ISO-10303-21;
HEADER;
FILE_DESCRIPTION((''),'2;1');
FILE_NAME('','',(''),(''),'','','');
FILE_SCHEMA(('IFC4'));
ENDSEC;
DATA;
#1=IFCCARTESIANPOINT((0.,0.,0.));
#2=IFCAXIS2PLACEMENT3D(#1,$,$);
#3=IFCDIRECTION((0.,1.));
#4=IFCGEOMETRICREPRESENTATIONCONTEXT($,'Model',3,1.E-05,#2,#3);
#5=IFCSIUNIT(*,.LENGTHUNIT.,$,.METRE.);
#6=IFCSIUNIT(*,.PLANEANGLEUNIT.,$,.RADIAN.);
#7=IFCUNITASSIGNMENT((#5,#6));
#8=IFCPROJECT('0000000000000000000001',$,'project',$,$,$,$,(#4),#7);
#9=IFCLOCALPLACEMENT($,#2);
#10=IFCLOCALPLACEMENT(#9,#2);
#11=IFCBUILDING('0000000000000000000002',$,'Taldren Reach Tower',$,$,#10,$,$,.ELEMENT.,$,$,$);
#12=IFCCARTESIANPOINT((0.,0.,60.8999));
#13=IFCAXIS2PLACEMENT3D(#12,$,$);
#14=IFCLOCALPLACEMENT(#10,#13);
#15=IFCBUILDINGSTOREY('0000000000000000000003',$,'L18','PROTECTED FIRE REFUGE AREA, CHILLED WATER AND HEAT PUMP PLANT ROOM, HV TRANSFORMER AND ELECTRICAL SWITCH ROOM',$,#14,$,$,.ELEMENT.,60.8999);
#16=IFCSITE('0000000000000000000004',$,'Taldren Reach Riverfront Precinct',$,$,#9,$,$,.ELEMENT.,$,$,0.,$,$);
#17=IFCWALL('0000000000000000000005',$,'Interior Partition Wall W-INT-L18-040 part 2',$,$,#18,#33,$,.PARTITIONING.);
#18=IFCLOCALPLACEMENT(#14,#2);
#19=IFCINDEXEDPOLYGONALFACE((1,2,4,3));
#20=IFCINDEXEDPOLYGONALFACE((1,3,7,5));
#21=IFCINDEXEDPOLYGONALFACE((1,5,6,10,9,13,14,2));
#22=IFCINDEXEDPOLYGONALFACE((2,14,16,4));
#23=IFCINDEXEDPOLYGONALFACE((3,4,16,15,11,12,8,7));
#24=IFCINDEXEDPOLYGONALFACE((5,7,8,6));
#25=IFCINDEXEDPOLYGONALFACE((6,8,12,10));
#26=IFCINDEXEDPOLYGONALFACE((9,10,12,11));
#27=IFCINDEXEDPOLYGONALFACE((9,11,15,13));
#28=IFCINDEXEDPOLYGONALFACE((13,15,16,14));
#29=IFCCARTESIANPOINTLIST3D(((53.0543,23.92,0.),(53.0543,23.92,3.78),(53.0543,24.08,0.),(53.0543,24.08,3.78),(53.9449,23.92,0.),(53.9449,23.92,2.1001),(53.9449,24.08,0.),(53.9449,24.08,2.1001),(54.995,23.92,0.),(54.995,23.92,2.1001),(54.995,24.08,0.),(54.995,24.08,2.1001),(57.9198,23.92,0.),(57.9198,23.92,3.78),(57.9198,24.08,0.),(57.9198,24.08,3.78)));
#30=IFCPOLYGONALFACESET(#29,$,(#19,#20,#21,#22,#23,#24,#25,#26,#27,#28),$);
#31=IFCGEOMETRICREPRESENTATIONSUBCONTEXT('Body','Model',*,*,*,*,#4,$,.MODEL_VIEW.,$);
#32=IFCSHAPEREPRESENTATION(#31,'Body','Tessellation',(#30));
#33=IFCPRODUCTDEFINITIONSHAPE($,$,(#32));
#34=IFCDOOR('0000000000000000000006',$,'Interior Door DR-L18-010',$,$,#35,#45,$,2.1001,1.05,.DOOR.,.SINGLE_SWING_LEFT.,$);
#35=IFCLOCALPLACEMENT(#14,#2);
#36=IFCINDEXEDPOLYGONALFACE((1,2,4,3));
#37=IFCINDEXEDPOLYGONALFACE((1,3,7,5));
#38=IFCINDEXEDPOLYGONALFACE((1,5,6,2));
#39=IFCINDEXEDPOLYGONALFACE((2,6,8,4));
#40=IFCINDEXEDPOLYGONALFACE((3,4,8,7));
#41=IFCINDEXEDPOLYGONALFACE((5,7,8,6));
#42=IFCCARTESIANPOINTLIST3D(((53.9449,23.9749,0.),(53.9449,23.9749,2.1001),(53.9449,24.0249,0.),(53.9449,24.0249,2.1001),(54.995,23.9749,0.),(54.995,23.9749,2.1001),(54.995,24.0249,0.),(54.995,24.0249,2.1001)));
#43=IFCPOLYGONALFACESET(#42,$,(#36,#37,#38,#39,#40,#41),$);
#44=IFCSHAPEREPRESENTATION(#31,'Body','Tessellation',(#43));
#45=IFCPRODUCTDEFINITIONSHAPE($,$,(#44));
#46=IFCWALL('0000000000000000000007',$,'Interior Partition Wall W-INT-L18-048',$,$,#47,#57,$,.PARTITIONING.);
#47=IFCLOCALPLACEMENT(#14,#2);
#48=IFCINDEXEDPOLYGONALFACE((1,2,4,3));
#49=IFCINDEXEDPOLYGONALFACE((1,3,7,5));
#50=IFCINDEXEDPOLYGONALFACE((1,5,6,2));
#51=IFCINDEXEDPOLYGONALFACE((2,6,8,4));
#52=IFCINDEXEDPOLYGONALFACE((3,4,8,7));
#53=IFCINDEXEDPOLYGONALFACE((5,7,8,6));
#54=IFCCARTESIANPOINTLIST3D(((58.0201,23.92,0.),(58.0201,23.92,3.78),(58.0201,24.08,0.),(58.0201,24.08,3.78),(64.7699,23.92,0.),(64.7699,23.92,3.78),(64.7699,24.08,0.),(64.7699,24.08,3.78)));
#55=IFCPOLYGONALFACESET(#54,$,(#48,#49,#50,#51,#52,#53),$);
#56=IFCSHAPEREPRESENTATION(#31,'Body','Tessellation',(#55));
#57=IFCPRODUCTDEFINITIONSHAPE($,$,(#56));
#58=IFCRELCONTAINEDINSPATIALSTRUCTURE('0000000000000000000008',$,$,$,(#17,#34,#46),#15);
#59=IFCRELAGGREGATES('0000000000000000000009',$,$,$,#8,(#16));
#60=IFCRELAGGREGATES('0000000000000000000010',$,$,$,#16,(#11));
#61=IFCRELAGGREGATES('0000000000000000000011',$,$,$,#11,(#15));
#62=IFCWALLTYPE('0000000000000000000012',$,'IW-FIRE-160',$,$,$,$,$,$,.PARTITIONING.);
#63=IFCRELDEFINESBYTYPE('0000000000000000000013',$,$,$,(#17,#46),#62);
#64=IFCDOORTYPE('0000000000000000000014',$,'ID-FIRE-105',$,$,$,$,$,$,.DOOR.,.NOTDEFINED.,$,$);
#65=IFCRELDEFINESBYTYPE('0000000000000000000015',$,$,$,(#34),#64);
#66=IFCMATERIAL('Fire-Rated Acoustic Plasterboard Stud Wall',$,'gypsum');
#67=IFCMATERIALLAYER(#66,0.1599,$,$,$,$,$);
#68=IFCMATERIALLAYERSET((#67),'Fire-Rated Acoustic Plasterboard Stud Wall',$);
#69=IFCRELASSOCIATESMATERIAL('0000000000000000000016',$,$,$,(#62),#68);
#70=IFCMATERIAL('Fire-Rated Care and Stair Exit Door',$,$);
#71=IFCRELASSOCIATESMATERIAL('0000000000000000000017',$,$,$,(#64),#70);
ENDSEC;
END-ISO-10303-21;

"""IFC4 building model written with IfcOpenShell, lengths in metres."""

from ifc_helpers import new_model, si_unit, direction, frame, frame_2d, origin, place, context, subcontext, project, spatial, rectangle, extrude, source, transform, mapped, material, layer, layer_set, type_object, element, fill, save


model = new_model("IFC4")

# Units and contexts
model_context = context("Model", 3, precision=1e-05, world=origin(), true_north=direction((0.0, 1.0)))
body_context = subcontext(model_context, "Body", "Model", "MODEL_VIEW")
ifc_project = project(units=[si_unit("LENGTHUNIT", "METRE"), si_unit("PLANEANGLEUNIT", "RADIAN")], contexts=[model_context])

# Site, building, storey
site_placement = place(None, origin())
site = spatial("IfcSite", under=ifc_project, at=site_placement, Name="Taldren Reach Riverfront Precinct", CompositionType="ELEMENT", RefElevation=0.0)
building_placement = place(site_placement, origin())
building = spatial("IfcBuilding", under=site, at=building_placement, Name="Taldren Reach Tower", CompositionType="ELEMENT")
storey_placement = place(building_placement, frame((0.0, 0.0, 60.8999)))
storey = spatial("IfcBuildingStorey", under=building, at=storey_placement, Name="L18", Description="PROTECTED FIRE REFUGE AREA, CHILLED WATER AND HEAT PUMP PLANT ROOM, HV TRANSFORMER AND ELECTRICAL SWITCH ROOM", CompositionType="ELEMENT", Elevation=60.8999)

# Shared definitions
ifc_material_1 = material(Name="Fire-Rated Acoustic Plasterboard Stud Wall", Category="gypsum")
ifc_layer_1 = layer(ifc_material_1, 0.1599)
ifc_layer_set_1 = layer_set([ifc_layer_1], Name="Fire-Rated Acoustic Plasterboard Stud Wall")
wall_type_1 = type_object("IfcWallType", Name="IW-FIRE-160", PredefinedType="PARTITIONING", material=ifc_layer_set_1)

# Wall, opening, door
shared_shape_1 = source(origin(), body_context, "Body", "SweptSolid", [
    extrude(rectangle(XDim=4.8655, YDim=0.1599, at=frame_2d((2.4326, 0.0))), origin(), (0.0, 0.0, 1.0), 3.78),
])
wall_1_placement = place(storey_placement, frame((53.0544, 24.0, 0.0), z_axis=(0.0, 0.0, 1.0), x_axis=(1.0, 0.0, 0.0)))
wall_1 = element("IfcWall", 1, at=wall_1_placement, inside=storey, type_object=wall_type_1, Name="Interior Partition Wall W-INT-L18-040 part 2", PredefinedType="PARTITIONING", context=body_context, shape_type="MappedRepresentation", body=[
    mapped(shared_shape_1, transform((0.0, 0.0, 0.0), scale=1.0)),
])
shared_shape_2 = source(origin(), body_context, "Body", "SweptSolid", [
    extrude(rectangle(XDim=1.05, YDim=2.1001, at=frame_2d((0.5249, 1.05))), frame((0.0, 0.0898, 0.0), z_axis=(0.0, -1.0, 0.0), x_axis=(1.0, 0.0, 0.0)), (0.0, 0.0, 1.0), 0.1799),
])
opening_1_placement = place(wall_1_placement, frame((0.8906, 0.0, 0.0)))
opening_1 = element("IfcOpeningElement", 2, at=opening_1_placement, cuts=wall_1, PredefinedType="OPENING", context=body_context, shape_type="MappedRepresentation", body=[
    mapped(shared_shape_2, transform((0.0, 0.0, 0.0), scale=1.0)),
])
ifc_material_2 = material(Name="Fire-Rated Care and Stair Exit Door")
door_type = type_object("IfcDoorType", Name="ID-FIRE-105", OperationType="NOTDEFINED", PredefinedType="DOOR", material=ifc_material_2)
shared_shape_3 = source(origin(), body_context, "Body", "SweptSolid", [
    extrude(rectangle(XDim=1.05, YDim=2.1001, at=frame_2d((0.5249, 1.05))), frame((0.0, 0.0249, 0.0), z_axis=(0.0, -1.0, 0.0), x_axis=(1.0, 0.0, 0.0)), (0.0, 0.0, 1.0), 0.05),
])
door_placement = place(opening_1_placement, origin())
door = element("IfcDoor", 3, at=door_placement, inside=storey, type_object=door_type, Name="Interior Door DR-L18-010", OperationType="SINGLE_SWING_LEFT", OverallHeight=2.1001, OverallWidth=1.05, PredefinedType="DOOR", context=body_context, shape_type="MappedRepresentation", body=[
    mapped(shared_shape_3, transform((0.0, 0.0, 0.0), scale=1.0)),
])
fill(opening_1, door)

# Wall
shared_shape_4 = source(origin(), body_context, "Body", "SweptSolid", [
    extrude(rectangle(XDim=6.7498, YDim=0.1599, at=frame_2d((3.375, 0.0))), origin(), (0.0, 0.0, 1.0), 3.78),
])
wall_2_placement = place(storey_placement, frame((64.77, 24.0, 0.0), z_axis=(0.0, 0.0, 1.0), x_axis=(-1.0, 0.0, 0.0)))
element("IfcWall", 4, at=wall_2_placement, inside=storey, type_object=wall_type_1, Name="Interior Partition Wall W-INT-L18-048", PredefinedType="PARTITIONING", context=body_context, shape_type="MappedRepresentation", body=[
    mapped(shared_shape_4, transform((0.0, 0.0, 0.0), scale=1.0)),
])

save(model, "model.ifc")
